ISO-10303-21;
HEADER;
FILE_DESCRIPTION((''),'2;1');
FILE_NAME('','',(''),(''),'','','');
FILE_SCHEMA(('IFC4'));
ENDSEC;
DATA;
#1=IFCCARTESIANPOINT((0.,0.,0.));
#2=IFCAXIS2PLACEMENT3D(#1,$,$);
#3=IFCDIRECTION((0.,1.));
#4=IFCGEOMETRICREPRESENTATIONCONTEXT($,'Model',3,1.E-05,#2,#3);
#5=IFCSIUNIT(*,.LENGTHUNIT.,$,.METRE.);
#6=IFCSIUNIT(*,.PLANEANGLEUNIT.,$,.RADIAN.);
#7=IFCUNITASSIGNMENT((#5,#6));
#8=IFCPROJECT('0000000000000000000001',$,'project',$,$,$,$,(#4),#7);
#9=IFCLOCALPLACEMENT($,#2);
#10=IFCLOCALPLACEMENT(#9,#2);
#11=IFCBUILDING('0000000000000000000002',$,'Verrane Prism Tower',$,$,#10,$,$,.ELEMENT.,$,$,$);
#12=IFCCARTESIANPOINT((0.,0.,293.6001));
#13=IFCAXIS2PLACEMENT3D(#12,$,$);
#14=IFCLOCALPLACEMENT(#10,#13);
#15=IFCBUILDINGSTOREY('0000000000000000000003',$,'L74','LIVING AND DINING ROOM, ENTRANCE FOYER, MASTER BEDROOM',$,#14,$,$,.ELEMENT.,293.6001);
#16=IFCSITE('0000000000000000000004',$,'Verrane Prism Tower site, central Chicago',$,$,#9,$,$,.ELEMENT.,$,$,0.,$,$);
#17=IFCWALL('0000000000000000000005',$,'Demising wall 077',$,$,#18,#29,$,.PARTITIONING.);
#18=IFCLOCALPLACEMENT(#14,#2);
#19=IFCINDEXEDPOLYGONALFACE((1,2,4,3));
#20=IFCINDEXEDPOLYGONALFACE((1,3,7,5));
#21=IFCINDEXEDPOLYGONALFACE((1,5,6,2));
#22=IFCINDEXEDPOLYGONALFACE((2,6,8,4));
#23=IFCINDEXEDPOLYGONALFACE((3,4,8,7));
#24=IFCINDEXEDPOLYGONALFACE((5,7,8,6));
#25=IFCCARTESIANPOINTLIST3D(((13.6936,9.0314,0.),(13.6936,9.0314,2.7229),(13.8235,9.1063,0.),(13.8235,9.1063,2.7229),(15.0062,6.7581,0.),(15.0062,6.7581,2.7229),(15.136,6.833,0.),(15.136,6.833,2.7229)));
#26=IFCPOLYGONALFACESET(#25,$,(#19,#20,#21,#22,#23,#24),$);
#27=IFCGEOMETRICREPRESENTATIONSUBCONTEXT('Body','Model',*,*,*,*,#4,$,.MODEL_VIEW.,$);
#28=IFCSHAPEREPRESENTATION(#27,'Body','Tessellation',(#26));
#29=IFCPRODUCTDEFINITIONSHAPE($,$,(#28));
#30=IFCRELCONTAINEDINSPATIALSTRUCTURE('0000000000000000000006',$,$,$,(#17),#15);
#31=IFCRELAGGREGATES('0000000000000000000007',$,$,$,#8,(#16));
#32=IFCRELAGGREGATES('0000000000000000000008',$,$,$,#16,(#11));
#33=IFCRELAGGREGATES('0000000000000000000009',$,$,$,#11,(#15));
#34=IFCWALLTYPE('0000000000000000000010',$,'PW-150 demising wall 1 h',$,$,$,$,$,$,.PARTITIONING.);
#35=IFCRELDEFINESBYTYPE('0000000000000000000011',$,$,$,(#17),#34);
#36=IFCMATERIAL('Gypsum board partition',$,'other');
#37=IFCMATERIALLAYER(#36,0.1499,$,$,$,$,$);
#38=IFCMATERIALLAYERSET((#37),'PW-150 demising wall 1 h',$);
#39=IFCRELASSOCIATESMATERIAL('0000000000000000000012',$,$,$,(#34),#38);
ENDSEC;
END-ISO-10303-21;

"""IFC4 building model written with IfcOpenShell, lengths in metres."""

from ifc_helpers import new_model, si_unit, direction, frame, frame_2d, origin, place, context, subcontext, project, spatial, rectangle, extrude, material, layer, layer_set, type_object, element, save


model = new_model("IFC4")

# Units and contexts
model_context = context("Model", 3, precision=1e-05, world=origin(), true_north=direction((0.0, 1.0)))
body_context = subcontext(model_context, "Body", "Model", "MODEL_VIEW")
ifc_project = project(units=[si_unit("LENGTHUNIT", "METRE"), si_unit("PLANEANGLEUNIT", "RADIAN")], contexts=[model_context])

# Site, building, storey
site_placement = place(None, origin())
site = spatial("IfcSite", under=ifc_project, at=site_placement, Name="Verrane Prism Tower site, central Chicago", CompositionType="ELEMENT", RefElevation=0.0)
building_placement = place(site_placement, origin())
building = spatial("IfcBuilding", under=site, at=building_placement, Name="Verrane Prism Tower", CompositionType="ELEMENT")
storey_placement = place(building_placement, frame((0.0, 0.0, 293.6001)))
storey = spatial("IfcBuildingStorey", under=building, at=storey_placement, Name="L74", Description="LIVING AND DINING ROOM, ENTRANCE FOYER, MASTER BEDROOM", CompositionType="ELEMENT", Elevation=293.6001)

# Wall
ifc_material_1 = material(Name="Gypsum board partition", Category="other")
ifc_layer_1 = layer(ifc_material_1, 0.1499)
ifc_layer_set_1 = layer_set([ifc_layer_1], Name="PW-150 demising wall 1 h")
wall_type_1 = type_object("IfcWallType", Name="PW-150 demising wall 1 h", PredefinedType="PARTITIONING", material=ifc_layer_set_1)
wall_1_placement = place(storey_placement, frame((13.7585, 9.0688, 0.0), z_axis=(0.0, 0.0, 1.0), x_axis=(0.50002, -0.866014, 0.0)))
element("IfcWall", 1, at=wall_1_placement, inside=storey, type_object=wall_type_1, Name="Demising wall 077", PredefinedType="PARTITIONING", context=body_context, shape_type="SweptSolid", body=[
    extrude(rectangle(XDim=2.625, YDim=0.1499, at=frame_2d((1.3125, 0.0))), origin(), (0.0, 0.0, 1.0), 2.7229),
])

save(model, "model.ifc")
